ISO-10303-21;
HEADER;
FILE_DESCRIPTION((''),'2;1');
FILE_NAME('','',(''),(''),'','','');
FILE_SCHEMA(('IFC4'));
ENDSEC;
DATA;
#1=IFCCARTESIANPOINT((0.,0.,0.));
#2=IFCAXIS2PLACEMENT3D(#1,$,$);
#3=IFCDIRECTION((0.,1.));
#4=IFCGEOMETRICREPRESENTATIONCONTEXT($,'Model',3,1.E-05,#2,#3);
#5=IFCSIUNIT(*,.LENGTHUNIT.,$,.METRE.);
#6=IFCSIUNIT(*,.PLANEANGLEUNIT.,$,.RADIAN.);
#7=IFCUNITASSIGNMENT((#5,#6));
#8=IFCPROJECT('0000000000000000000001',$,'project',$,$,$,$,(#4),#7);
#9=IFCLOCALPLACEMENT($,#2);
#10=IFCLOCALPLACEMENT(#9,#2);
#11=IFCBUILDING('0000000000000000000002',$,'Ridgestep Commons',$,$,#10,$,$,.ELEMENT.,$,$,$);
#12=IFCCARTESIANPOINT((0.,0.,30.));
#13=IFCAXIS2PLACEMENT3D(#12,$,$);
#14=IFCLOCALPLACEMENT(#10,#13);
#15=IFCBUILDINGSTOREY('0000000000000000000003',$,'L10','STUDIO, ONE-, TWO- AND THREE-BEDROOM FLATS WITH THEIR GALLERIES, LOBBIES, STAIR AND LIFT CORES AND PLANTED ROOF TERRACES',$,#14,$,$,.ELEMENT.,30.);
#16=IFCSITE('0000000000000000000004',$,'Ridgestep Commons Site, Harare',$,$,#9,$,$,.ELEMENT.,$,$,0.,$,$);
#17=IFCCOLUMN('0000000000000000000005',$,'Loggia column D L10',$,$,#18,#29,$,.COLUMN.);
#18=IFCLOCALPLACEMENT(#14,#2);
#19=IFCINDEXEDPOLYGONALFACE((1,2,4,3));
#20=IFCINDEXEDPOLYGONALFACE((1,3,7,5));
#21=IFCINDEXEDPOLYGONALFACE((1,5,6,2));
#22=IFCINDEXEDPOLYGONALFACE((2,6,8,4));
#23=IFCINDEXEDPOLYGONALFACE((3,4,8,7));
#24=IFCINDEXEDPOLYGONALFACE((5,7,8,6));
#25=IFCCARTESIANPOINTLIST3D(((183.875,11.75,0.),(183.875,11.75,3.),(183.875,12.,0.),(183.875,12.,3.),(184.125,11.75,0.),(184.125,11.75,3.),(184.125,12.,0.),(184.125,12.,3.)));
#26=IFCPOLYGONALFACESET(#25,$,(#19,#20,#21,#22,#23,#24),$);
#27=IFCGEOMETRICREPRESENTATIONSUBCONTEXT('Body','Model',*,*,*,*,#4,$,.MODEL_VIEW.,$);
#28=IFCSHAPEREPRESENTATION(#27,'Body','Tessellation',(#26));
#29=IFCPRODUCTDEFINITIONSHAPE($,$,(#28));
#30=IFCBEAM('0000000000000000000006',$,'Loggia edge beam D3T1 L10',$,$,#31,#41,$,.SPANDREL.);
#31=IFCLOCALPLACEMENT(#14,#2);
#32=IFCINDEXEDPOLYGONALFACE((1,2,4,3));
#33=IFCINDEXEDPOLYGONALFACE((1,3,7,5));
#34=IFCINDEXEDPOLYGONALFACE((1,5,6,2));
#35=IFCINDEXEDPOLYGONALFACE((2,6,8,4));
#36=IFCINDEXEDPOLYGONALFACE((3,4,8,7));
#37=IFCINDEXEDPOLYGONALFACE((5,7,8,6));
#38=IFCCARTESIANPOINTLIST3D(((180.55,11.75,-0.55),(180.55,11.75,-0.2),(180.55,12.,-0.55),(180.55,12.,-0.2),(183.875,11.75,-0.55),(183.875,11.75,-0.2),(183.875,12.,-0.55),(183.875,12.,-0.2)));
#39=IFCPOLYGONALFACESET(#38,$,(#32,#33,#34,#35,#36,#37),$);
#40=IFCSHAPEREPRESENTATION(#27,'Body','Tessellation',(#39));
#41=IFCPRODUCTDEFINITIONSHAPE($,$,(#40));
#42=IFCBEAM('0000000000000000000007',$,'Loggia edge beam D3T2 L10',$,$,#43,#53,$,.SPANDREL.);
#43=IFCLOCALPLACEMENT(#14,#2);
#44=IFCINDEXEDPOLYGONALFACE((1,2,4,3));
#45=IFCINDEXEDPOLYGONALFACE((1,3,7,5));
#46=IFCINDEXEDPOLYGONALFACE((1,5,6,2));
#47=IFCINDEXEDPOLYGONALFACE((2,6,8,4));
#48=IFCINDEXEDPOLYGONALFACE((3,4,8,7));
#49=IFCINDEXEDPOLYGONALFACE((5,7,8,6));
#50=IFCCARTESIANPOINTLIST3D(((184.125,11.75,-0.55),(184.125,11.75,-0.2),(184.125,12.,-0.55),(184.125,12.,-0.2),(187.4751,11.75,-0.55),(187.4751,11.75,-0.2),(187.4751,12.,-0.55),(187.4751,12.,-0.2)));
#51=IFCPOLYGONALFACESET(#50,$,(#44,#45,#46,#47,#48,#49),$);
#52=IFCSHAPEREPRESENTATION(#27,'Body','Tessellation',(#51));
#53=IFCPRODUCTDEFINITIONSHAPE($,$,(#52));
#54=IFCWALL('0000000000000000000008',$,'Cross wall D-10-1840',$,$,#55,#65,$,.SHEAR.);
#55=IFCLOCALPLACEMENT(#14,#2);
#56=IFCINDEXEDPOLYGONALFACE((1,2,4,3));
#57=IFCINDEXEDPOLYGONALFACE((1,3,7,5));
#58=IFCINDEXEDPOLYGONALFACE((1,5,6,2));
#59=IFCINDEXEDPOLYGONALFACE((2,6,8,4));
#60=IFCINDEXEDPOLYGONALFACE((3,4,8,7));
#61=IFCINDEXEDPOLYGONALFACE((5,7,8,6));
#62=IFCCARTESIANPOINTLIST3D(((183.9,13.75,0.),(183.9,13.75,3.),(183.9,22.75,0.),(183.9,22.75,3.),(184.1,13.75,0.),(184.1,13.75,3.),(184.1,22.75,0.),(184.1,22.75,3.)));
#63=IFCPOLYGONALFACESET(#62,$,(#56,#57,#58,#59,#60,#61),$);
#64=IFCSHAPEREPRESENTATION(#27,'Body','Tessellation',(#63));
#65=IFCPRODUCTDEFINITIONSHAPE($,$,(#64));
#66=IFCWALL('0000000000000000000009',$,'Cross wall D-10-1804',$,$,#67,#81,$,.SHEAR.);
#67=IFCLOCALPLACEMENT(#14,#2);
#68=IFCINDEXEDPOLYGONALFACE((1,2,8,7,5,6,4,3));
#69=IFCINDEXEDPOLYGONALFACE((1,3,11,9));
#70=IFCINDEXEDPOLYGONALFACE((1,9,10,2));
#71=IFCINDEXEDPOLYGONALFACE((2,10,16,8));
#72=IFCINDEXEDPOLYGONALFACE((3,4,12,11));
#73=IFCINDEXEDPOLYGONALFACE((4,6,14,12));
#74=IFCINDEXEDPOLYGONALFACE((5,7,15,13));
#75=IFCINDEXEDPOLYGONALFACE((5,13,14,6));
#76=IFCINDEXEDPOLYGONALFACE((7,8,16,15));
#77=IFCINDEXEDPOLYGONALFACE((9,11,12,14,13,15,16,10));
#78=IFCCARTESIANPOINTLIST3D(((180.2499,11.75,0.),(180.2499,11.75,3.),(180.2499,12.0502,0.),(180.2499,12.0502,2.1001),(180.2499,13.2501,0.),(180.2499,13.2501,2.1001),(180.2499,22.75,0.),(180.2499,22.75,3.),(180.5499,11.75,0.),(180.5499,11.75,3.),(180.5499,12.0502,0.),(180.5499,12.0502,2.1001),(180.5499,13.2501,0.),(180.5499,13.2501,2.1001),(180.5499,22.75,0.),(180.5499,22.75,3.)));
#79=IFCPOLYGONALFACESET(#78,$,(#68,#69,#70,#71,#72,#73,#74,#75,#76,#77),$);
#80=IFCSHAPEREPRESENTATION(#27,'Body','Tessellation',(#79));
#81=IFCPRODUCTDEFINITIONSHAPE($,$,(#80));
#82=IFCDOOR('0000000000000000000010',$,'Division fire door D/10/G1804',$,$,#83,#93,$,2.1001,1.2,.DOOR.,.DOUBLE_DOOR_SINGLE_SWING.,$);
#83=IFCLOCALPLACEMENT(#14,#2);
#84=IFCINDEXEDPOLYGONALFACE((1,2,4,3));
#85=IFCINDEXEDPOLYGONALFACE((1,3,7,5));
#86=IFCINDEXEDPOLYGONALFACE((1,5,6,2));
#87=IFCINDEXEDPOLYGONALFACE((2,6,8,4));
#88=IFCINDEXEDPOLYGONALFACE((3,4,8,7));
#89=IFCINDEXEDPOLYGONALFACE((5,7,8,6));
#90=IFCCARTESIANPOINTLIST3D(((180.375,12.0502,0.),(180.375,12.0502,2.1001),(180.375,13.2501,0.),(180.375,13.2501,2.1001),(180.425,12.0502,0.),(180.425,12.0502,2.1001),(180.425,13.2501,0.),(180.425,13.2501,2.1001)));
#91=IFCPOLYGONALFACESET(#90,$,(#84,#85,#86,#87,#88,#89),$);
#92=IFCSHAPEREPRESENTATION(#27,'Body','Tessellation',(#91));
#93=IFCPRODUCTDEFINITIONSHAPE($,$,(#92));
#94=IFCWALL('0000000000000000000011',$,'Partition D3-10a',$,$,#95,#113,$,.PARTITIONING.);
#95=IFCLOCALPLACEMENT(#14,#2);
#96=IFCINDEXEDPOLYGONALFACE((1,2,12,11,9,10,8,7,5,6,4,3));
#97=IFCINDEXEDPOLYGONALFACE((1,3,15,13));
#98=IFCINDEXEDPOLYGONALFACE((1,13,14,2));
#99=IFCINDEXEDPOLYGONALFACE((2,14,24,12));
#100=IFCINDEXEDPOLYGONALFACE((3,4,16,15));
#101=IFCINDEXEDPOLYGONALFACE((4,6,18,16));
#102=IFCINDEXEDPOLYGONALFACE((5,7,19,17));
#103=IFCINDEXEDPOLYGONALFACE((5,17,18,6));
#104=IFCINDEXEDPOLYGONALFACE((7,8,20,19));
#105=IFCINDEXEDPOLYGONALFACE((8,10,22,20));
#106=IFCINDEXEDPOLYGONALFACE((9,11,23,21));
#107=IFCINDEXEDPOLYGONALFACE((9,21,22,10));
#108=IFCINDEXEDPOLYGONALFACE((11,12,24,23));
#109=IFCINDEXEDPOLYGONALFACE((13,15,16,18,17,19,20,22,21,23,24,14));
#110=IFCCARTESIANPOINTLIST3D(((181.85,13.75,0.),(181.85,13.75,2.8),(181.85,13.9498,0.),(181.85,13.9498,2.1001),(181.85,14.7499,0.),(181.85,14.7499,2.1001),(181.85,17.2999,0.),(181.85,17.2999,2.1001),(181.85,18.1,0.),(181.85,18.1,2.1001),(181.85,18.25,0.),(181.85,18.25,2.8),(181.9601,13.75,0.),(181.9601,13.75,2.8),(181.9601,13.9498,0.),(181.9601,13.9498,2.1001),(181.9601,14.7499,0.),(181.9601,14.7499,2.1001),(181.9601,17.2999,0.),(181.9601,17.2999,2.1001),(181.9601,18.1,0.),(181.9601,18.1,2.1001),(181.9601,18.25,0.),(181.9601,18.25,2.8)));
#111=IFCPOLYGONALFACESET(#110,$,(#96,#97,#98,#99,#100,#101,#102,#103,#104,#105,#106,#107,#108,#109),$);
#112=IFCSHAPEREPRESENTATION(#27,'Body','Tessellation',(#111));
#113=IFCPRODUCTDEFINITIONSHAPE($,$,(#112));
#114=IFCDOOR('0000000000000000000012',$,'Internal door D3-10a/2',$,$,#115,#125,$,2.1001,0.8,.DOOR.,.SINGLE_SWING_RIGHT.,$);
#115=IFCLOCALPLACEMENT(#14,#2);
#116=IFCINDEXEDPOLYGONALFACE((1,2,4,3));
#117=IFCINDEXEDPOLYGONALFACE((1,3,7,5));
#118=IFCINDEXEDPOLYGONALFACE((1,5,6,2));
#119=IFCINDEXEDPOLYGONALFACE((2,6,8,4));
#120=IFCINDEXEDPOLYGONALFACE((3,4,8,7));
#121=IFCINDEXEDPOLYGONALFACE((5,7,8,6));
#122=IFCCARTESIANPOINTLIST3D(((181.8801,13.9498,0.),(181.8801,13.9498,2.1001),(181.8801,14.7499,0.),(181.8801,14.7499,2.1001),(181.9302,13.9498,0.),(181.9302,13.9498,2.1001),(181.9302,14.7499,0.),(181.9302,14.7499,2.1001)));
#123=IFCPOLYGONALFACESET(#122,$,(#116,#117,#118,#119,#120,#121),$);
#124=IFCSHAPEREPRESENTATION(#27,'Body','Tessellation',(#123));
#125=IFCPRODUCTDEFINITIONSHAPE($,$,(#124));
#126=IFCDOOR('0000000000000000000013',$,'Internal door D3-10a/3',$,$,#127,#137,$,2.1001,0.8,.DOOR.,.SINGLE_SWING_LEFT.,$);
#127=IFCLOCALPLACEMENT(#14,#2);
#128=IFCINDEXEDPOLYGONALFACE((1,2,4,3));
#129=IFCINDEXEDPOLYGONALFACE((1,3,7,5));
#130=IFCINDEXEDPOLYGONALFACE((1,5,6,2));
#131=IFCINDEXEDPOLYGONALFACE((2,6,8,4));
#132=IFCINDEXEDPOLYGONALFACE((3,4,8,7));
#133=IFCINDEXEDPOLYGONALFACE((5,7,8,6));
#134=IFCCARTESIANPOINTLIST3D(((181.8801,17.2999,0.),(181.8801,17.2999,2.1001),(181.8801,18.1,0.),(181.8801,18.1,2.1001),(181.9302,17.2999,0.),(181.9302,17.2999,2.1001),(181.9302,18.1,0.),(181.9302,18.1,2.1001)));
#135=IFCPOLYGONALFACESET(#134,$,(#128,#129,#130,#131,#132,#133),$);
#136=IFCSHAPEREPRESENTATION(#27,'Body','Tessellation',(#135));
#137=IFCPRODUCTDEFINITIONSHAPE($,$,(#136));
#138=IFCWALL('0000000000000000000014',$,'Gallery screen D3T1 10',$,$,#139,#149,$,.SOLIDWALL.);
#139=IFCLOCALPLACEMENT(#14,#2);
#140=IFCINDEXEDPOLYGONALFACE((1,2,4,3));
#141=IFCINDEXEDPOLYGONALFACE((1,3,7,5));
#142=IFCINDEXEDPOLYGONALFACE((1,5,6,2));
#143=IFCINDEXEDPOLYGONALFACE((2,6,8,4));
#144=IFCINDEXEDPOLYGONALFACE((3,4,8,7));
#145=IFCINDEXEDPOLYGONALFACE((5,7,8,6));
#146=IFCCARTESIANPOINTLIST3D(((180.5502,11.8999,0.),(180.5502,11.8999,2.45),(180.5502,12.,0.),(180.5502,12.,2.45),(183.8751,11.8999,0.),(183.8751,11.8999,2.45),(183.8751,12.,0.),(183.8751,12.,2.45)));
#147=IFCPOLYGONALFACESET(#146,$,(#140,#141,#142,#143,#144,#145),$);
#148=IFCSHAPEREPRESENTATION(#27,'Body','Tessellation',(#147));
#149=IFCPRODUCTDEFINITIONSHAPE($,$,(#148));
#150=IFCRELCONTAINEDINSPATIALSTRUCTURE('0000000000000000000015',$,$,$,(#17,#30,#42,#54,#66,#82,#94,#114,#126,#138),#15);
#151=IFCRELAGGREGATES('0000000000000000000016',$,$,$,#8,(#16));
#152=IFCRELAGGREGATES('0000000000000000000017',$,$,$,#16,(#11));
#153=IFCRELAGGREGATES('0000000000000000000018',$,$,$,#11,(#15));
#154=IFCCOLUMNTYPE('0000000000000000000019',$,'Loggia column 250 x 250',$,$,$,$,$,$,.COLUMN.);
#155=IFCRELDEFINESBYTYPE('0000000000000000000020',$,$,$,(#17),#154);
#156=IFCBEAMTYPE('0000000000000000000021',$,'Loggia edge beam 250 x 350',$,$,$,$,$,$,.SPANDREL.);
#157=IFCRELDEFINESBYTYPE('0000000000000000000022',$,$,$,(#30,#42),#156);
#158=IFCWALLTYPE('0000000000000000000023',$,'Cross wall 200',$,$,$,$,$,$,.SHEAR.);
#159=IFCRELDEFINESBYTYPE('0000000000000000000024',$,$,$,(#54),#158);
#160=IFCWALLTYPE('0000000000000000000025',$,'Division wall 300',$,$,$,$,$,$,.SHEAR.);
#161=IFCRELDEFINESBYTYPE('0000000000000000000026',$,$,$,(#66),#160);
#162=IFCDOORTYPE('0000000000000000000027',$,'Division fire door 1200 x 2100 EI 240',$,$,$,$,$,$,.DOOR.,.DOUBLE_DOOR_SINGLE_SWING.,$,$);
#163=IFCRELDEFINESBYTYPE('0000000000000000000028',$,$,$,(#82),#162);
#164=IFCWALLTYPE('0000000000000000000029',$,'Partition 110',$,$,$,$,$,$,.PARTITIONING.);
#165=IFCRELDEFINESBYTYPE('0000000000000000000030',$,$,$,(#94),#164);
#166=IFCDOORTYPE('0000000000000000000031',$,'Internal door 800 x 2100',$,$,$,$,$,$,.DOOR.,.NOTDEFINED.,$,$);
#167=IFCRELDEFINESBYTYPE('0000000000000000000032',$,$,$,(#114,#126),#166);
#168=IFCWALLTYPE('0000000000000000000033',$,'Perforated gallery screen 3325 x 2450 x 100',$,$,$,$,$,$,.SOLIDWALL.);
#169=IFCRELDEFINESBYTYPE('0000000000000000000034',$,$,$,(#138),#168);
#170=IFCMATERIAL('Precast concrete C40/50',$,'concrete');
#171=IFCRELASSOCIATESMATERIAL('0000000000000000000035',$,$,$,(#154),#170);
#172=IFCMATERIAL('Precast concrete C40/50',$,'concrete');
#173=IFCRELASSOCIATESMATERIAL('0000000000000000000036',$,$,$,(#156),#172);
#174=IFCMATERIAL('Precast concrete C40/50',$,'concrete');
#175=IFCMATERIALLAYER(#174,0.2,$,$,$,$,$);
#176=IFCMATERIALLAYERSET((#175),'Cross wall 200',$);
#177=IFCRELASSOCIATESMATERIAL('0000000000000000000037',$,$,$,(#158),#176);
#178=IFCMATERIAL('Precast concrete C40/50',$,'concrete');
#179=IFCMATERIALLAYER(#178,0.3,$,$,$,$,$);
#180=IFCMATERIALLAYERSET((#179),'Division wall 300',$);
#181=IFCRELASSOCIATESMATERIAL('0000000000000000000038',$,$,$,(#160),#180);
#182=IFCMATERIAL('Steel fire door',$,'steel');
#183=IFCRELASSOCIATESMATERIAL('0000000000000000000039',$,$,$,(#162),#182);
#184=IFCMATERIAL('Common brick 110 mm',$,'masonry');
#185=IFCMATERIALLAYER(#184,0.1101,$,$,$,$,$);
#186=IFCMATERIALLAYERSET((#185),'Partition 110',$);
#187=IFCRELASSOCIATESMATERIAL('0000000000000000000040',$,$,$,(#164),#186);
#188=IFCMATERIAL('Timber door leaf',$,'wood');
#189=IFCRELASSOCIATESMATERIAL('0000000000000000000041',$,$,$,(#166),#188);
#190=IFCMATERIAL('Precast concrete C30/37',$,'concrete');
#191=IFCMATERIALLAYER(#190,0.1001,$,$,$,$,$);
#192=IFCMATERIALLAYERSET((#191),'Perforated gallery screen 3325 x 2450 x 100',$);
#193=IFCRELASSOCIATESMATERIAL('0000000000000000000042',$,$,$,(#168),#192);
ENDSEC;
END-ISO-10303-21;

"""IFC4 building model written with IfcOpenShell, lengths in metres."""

from ifc_helpers import new_model, si_unit, direction, frame, frame_2d, origin, origin_2d, place, context, subcontext, project, spatial, rectangle, extrude, material, layer, layer_set, material_profile, profile_set, type_object, element, fill, save


model = new_model("IFC4")

# Units and contexts
model_context = context("Model", 3, precision=1e-05, world=origin(), true_north=direction((0.0, 1.0)))
body_context = subcontext(model_context, "Body", "Model", "MODEL_VIEW")
ifc_project = project(units=[si_unit("LENGTHUNIT", "METRE"), si_unit("PLANEANGLEUNIT", "RADIAN")], contexts=[model_context])

# Site, building, storey
site_placement = place(None, origin())
site = spatial("IfcSite", under=ifc_project, at=site_placement, Name="Ridgestep Commons Site, Harare", CompositionType="ELEMENT", RefElevation=0.0)
building_placement = place(site_placement, origin())
building = spatial("IfcBuilding", under=site, at=building_placement, Name="Ridgestep Commons", CompositionType="ELEMENT")
storey_placement = place(building_placement, frame((0.0, 0.0, 30.0)))
storey = spatial("IfcBuildingStorey", under=building, at=storey_placement, Name="L10", Description="STUDIO, ONE-, TWO- AND THREE-BEDROOM FLATS WITH THEIR GALLERIES, LOBBIES, STAIR AND LIFT CORES AND PLANTED ROOF TERRACES", CompositionType="ELEMENT", Elevation=30.0)

# Column
ifc_material_1 = material(Name="Precast concrete C40/50", Category="concrete")
ifc_material_profile_1 = material_profile(ifc_material_1, rectangle(XDim=0.25, YDim=0.25, at=origin_2d()), Name="PC 250x250")
ifc_profile_set_1 = profile_set([ifc_material_profile_1], Name="Precast concrete C40/50")
column_type = type_object("IfcColumnType", Name="Loggia column 250 x 250", PredefinedType="COLUMN", material=ifc_profile_set_1)
column_placement = place(storey_placement, frame((184.0, 11.875, 0.0), z_axis=(0.0, 0.0, 1.0), x_axis=(1.0, 0.0, 0.0)))
element("IfcColumn", 1, at=column_placement, inside=storey, type_object=column_type, Name="Loggia column D L10", PredefinedType="COLUMN", context=body_context, shape_type="SweptSolid", body=[
    extrude(rectangle(XDim=0.25, YDim=0.25, at=origin_2d()), origin(), (0.0, 0.0, 1.0), 3.0),
])

# Beams
ifc_material_2 = material(Name="Precast concrete C40/50", Category="concrete")
ifc_material_profile_2 = material_profile(ifc_material_2, rectangle(XDim=0.25, YDim=0.3501, at=origin_2d()), Name="PC 250x350")
ifc_profile_set_2 = profile_set([ifc_material_profile_2], Name="Precast concrete C40/50")
beam_type = type_object("IfcBeamType", Name="Loggia edge beam 250 x 350", PredefinedType="SPANDREL", material=ifc_profile_set_2)
beam_1_placement = place(storey_placement, frame((180.55, 11.875, -0.375), z_axis=(1.0, 0.0, 0.0), x_axis=(0.0, 1.0, 0.0)))
element("IfcBeam", 2, at=beam_1_placement, inside=storey, type_object=beam_type, Name="Loggia edge beam D3T1 L10", PredefinedType="SPANDREL", context=body_context, shape_type="SweptSolid", body=[
    extrude(rectangle(XDim=0.25, YDim=0.3501, at=origin_2d()), origin(), (0.0, 0.0, 1.0), 3.325),
])
beam_2_placement = place(storey_placement, frame((184.125, 11.875, -0.375), z_axis=(1.0, 0.0, 0.0), x_axis=(0.0, 1.0, 0.0)))
element("IfcBeam", 3, at=beam_2_placement, inside=storey, type_object=beam_type, Name="Loggia edge beam D3T2 L10", PredefinedType="SPANDREL", context=body_context, shape_type="SweptSolid", body=[
    extrude(rectangle(XDim=0.25, YDim=0.3501, at=origin_2d()), origin(), (0.0, 0.0, 1.0), 3.3501),
])

# Wall
ifc_material_3 = material(Name="Precast concrete C40/50", Category="concrete")
ifc_layer_1 = layer(ifc_material_3, 0.2)
ifc_layer_set_1 = layer_set([ifc_layer_1], Name="Cross wall 200")
wall_type_1 = type_object("IfcWallType", Name="Cross wall 200", PredefinedType="SHEAR", material=ifc_layer_set_1)
wall_1_placement = place(storey_placement, frame((184.0, 13.75, 0.0), z_axis=(0.0, 0.0, 1.0), x_axis=(0.0, 1.0, 0.0)))
element("IfcWall", 4, at=wall_1_placement, inside=storey, type_object=wall_type_1, Name="Cross wall D-10-1840", PredefinedType="SHEAR", context=body_context, shape_type="SweptSolid", body=[
    extrude(rectangle(XDim=9.0, YDim=0.2, at=frame_2d((4.5, 0.0))), origin(), (0.0, 0.0, 1.0), 3.0),
])

# Wall, opening, door
ifc_material_4 = material(Name="Precast concrete C40/50", Category="concrete")
ifc_layer_2 = layer(ifc_material_4, 0.3)
ifc_layer_set_2 = layer_set([ifc_layer_2], Name="Division wall 300")
wall_type_2 = type_object("IfcWallType", Name="Division wall 300", PredefinedType="SHEAR", material=ifc_layer_set_2)
wall_2_placement = place(storey_placement, frame((180.3999, 11.75, 0.0), z_axis=(0.0, 0.0, 1.0), x_axis=(0.0, 1.0, 0.0)))
wall_2 = element("IfcWall", 5, at=wall_2_placement, inside=storey, type_object=wall_type_2, Name="Cross wall D-10-1804", PredefinedType="SHEAR", context=body_context, shape_type="SweptSolid", body=[
    extrude(rectangle(XDim=11.0, YDim=0.3, at=frame_2d((5.5, 0.0))), origin(), (0.0, 0.0, 1.0), 3.0),
])
opening_1_placement = place(wall_2_placement, frame((0.3, 0.0, 0.0)))
opening_1 = element("IfcOpeningElement", 6, at=opening_1_placement, cuts=wall_2, PredefinedType="OPENING", context=body_context, shape_type="SweptSolid", body=[
    extrude(rectangle(XDim=1.2, YDim=2.1001, at=frame_2d((0.6001, 1.05))), frame((0.0, 0.1599, 0.0), z_axis=(0.0, -1.0, 0.0), x_axis=(1.0, 0.0, 0.0)), (0.0, 0.0, 1.0), 0.3201),
])
ifc_material_5 = material(Name="Steel fire door", Category="steel")
door_type_1 = type_object("IfcDoorType", Name="Division fire door 1200 x 2100 EI 240", OperationType="DOUBLE_DOOR_SINGLE_SWING", PredefinedType="DOOR", material=ifc_material_5)
door_1_placement = place(opening_1_placement, origin())
door_1 = element("IfcDoor", 7, at=door_1_placement, inside=storey, type_object=door_type_1, Name="Division fire door D/10/G1804", OperationType="DOUBLE_DOOR_SINGLE_SWING", OverallHeight=2.1001, OverallWidth=1.2, PredefinedType="DOOR", context=body_context, shape_type="SweptSolid", body=[
    extrude(rectangle(XDim=1.2, YDim=2.1001, at=frame_2d((0.6001, 1.05))), frame((0.0, 0.0249, 0.0), z_axis=(0.0, -1.0, 0.0), x_axis=(1.0, 0.0, 0.0)), (0.0, 0.0, 1.0), 0.05),
])
fill(opening_1, door_1)

# Wall, openings, doors
ifc_material_6 = material(Name="Common brick 110 mm", Category="masonry")
ifc_layer_3 = layer(ifc_material_6, 0.1101)
ifc_layer_set_3 = layer_set([ifc_layer_3], Name="Partition 110")
wall_type_3 = type_object("IfcWallType", Name="Partition 110", PredefinedType="PARTITIONING", material=ifc_layer_set_3)
wall_3_placement = place(storey_placement, frame((181.905, 13.75, 0.0), z_axis=(0.0, 0.0, 1.0), x_axis=(0.0, 1.0, 0.0)))
wall_3 = element("IfcWall", 8, at=wall_3_placement, inside=storey, type_object=wall_type_3, Name="Partition D3-10a", PredefinedType="PARTITIONING", context=body_context, shape_type="SweptSolid", body=[
    extrude(rectangle(XDim=4.5, YDim=0.1101, at=frame_2d((2.25, 0.0))), origin(), (0.0, 0.0, 1.0), 2.8),
])
opening_2_placement = place(wall_3_placement, frame((0.2, 0.0, 0.0)))
opening_2 = element("IfcOpeningElement", 9, at=opening_2_placement, cuts=wall_3, PredefinedType="OPENING", context=body_context, shape_type="SweptSolid", body=[
    extrude(rectangle(XDim=0.8, YDim=2.1001, at=frame_2d((0.3999, 1.05))), frame((0.0, 0.0649, 0.0), z_axis=(0.0, -1.0, 0.0), x_axis=(1.0, 0.0, 0.0)), (0.0, 0.0, 1.0), 0.1301),
])
opening_3_placement = place(wall_3_placement, frame((3.55, 0.0, 0.0)))
opening_3 = element("IfcOpeningElement", 10, at=opening_3_placement, cuts=wall_3, PredefinedType="OPENING", context=body_context, shape_type="SweptSolid", body=[
    extrude(rectangle(XDim=0.8, YDim=2.1001, at=frame_2d((0.3999, 1.05))), frame((0.0, 0.0649, 0.0), z_axis=(0.0, -1.0, 0.0), x_axis=(1.0, 0.0, 0.0)), (0.0, 0.0, 1.0), 0.1301),
])
ifc_material_7 = material(Name="Timber door leaf", Category="wood")
door_type_2 = type_object("IfcDoorType", Name="Internal door 800 x 2100", OperationType="NOTDEFINED", PredefinedType="DOOR", material=ifc_material_7)
door_2_placement = place(opening_2_placement, origin())
door_2 = element("IfcDoor", 11, at=door_2_placement, inside=storey, type_object=door_type_2, Name="Internal door D3-10a/2", OperationType="SINGLE_SWING_RIGHT", OverallHeight=2.1001, OverallWidth=0.8, PredefinedType="DOOR", context=body_context, shape_type="SweptSolid", body=[
    extrude(rectangle(XDim=0.8, YDim=2.1001, at=frame_2d((0.3999, 1.05))), frame((0.0, 0.0249, 0.0), z_axis=(0.0, -1.0, 0.0), x_axis=(1.0, 0.0, 0.0)), (0.0, 0.0, 1.0), 0.05),
])
fill(opening_2, door_2)
door_3_placement = place(opening_3_placement, origin())
door_3 = element("IfcDoor", 12, at=door_3_placement, inside=storey, type_object=door_type_2, Name="Internal door D3-10a/3", OperationType="SINGLE_SWING_LEFT", OverallHeight=2.1001, OverallWidth=0.8, PredefinedType="DOOR", context=body_context, shape_type="SweptSolid", body=[
    extrude(rectangle(XDim=0.8, YDim=2.1001, at=frame_2d((0.3999, 1.05))), frame((0.0, 0.0249, 0.0), z_axis=(0.0, -1.0, 0.0), x_axis=(1.0, 0.0, 0.0)), (0.0, 0.0, 1.0), 0.05),
])
fill(opening_3, door_3)

# Wall
ifc_material_8 = material(Name="Precast concrete C30/37", Category="concrete")
ifc_layer_4 = layer(ifc_material_8, 0.1001)
ifc_layer_set_4 = layer_set([ifc_layer_4], Name="Perforated gallery screen 3325 x 2450 x 100")
wall_type_4 = type_object("IfcWallType", Name="Perforated gallery screen 3325 x 2450 x 100", PredefinedType="SOLIDWALL", material=ifc_layer_set_4)
wall_4_placement = place(storey_placement, frame((180.55, 11.95, 0.0), z_axis=(0.0, 0.0, 1.0), x_axis=(1.0, 0.0, 0.0)))
element("IfcWall", 13, at=wall_4_placement, inside=storey, type_object=wall_type_4, Name="Gallery screen D3T1 10", PredefinedType="SOLIDWALL", context=body_context, shape_type="SweptSolid", body=[
    extrude(rectangle(XDim=3.325, YDim=0.1001, at=frame_2d((1.6626, 0.0))), origin(), (0.0, 0.0, 1.0), 2.45),
])

save(model, "model.ifc")
